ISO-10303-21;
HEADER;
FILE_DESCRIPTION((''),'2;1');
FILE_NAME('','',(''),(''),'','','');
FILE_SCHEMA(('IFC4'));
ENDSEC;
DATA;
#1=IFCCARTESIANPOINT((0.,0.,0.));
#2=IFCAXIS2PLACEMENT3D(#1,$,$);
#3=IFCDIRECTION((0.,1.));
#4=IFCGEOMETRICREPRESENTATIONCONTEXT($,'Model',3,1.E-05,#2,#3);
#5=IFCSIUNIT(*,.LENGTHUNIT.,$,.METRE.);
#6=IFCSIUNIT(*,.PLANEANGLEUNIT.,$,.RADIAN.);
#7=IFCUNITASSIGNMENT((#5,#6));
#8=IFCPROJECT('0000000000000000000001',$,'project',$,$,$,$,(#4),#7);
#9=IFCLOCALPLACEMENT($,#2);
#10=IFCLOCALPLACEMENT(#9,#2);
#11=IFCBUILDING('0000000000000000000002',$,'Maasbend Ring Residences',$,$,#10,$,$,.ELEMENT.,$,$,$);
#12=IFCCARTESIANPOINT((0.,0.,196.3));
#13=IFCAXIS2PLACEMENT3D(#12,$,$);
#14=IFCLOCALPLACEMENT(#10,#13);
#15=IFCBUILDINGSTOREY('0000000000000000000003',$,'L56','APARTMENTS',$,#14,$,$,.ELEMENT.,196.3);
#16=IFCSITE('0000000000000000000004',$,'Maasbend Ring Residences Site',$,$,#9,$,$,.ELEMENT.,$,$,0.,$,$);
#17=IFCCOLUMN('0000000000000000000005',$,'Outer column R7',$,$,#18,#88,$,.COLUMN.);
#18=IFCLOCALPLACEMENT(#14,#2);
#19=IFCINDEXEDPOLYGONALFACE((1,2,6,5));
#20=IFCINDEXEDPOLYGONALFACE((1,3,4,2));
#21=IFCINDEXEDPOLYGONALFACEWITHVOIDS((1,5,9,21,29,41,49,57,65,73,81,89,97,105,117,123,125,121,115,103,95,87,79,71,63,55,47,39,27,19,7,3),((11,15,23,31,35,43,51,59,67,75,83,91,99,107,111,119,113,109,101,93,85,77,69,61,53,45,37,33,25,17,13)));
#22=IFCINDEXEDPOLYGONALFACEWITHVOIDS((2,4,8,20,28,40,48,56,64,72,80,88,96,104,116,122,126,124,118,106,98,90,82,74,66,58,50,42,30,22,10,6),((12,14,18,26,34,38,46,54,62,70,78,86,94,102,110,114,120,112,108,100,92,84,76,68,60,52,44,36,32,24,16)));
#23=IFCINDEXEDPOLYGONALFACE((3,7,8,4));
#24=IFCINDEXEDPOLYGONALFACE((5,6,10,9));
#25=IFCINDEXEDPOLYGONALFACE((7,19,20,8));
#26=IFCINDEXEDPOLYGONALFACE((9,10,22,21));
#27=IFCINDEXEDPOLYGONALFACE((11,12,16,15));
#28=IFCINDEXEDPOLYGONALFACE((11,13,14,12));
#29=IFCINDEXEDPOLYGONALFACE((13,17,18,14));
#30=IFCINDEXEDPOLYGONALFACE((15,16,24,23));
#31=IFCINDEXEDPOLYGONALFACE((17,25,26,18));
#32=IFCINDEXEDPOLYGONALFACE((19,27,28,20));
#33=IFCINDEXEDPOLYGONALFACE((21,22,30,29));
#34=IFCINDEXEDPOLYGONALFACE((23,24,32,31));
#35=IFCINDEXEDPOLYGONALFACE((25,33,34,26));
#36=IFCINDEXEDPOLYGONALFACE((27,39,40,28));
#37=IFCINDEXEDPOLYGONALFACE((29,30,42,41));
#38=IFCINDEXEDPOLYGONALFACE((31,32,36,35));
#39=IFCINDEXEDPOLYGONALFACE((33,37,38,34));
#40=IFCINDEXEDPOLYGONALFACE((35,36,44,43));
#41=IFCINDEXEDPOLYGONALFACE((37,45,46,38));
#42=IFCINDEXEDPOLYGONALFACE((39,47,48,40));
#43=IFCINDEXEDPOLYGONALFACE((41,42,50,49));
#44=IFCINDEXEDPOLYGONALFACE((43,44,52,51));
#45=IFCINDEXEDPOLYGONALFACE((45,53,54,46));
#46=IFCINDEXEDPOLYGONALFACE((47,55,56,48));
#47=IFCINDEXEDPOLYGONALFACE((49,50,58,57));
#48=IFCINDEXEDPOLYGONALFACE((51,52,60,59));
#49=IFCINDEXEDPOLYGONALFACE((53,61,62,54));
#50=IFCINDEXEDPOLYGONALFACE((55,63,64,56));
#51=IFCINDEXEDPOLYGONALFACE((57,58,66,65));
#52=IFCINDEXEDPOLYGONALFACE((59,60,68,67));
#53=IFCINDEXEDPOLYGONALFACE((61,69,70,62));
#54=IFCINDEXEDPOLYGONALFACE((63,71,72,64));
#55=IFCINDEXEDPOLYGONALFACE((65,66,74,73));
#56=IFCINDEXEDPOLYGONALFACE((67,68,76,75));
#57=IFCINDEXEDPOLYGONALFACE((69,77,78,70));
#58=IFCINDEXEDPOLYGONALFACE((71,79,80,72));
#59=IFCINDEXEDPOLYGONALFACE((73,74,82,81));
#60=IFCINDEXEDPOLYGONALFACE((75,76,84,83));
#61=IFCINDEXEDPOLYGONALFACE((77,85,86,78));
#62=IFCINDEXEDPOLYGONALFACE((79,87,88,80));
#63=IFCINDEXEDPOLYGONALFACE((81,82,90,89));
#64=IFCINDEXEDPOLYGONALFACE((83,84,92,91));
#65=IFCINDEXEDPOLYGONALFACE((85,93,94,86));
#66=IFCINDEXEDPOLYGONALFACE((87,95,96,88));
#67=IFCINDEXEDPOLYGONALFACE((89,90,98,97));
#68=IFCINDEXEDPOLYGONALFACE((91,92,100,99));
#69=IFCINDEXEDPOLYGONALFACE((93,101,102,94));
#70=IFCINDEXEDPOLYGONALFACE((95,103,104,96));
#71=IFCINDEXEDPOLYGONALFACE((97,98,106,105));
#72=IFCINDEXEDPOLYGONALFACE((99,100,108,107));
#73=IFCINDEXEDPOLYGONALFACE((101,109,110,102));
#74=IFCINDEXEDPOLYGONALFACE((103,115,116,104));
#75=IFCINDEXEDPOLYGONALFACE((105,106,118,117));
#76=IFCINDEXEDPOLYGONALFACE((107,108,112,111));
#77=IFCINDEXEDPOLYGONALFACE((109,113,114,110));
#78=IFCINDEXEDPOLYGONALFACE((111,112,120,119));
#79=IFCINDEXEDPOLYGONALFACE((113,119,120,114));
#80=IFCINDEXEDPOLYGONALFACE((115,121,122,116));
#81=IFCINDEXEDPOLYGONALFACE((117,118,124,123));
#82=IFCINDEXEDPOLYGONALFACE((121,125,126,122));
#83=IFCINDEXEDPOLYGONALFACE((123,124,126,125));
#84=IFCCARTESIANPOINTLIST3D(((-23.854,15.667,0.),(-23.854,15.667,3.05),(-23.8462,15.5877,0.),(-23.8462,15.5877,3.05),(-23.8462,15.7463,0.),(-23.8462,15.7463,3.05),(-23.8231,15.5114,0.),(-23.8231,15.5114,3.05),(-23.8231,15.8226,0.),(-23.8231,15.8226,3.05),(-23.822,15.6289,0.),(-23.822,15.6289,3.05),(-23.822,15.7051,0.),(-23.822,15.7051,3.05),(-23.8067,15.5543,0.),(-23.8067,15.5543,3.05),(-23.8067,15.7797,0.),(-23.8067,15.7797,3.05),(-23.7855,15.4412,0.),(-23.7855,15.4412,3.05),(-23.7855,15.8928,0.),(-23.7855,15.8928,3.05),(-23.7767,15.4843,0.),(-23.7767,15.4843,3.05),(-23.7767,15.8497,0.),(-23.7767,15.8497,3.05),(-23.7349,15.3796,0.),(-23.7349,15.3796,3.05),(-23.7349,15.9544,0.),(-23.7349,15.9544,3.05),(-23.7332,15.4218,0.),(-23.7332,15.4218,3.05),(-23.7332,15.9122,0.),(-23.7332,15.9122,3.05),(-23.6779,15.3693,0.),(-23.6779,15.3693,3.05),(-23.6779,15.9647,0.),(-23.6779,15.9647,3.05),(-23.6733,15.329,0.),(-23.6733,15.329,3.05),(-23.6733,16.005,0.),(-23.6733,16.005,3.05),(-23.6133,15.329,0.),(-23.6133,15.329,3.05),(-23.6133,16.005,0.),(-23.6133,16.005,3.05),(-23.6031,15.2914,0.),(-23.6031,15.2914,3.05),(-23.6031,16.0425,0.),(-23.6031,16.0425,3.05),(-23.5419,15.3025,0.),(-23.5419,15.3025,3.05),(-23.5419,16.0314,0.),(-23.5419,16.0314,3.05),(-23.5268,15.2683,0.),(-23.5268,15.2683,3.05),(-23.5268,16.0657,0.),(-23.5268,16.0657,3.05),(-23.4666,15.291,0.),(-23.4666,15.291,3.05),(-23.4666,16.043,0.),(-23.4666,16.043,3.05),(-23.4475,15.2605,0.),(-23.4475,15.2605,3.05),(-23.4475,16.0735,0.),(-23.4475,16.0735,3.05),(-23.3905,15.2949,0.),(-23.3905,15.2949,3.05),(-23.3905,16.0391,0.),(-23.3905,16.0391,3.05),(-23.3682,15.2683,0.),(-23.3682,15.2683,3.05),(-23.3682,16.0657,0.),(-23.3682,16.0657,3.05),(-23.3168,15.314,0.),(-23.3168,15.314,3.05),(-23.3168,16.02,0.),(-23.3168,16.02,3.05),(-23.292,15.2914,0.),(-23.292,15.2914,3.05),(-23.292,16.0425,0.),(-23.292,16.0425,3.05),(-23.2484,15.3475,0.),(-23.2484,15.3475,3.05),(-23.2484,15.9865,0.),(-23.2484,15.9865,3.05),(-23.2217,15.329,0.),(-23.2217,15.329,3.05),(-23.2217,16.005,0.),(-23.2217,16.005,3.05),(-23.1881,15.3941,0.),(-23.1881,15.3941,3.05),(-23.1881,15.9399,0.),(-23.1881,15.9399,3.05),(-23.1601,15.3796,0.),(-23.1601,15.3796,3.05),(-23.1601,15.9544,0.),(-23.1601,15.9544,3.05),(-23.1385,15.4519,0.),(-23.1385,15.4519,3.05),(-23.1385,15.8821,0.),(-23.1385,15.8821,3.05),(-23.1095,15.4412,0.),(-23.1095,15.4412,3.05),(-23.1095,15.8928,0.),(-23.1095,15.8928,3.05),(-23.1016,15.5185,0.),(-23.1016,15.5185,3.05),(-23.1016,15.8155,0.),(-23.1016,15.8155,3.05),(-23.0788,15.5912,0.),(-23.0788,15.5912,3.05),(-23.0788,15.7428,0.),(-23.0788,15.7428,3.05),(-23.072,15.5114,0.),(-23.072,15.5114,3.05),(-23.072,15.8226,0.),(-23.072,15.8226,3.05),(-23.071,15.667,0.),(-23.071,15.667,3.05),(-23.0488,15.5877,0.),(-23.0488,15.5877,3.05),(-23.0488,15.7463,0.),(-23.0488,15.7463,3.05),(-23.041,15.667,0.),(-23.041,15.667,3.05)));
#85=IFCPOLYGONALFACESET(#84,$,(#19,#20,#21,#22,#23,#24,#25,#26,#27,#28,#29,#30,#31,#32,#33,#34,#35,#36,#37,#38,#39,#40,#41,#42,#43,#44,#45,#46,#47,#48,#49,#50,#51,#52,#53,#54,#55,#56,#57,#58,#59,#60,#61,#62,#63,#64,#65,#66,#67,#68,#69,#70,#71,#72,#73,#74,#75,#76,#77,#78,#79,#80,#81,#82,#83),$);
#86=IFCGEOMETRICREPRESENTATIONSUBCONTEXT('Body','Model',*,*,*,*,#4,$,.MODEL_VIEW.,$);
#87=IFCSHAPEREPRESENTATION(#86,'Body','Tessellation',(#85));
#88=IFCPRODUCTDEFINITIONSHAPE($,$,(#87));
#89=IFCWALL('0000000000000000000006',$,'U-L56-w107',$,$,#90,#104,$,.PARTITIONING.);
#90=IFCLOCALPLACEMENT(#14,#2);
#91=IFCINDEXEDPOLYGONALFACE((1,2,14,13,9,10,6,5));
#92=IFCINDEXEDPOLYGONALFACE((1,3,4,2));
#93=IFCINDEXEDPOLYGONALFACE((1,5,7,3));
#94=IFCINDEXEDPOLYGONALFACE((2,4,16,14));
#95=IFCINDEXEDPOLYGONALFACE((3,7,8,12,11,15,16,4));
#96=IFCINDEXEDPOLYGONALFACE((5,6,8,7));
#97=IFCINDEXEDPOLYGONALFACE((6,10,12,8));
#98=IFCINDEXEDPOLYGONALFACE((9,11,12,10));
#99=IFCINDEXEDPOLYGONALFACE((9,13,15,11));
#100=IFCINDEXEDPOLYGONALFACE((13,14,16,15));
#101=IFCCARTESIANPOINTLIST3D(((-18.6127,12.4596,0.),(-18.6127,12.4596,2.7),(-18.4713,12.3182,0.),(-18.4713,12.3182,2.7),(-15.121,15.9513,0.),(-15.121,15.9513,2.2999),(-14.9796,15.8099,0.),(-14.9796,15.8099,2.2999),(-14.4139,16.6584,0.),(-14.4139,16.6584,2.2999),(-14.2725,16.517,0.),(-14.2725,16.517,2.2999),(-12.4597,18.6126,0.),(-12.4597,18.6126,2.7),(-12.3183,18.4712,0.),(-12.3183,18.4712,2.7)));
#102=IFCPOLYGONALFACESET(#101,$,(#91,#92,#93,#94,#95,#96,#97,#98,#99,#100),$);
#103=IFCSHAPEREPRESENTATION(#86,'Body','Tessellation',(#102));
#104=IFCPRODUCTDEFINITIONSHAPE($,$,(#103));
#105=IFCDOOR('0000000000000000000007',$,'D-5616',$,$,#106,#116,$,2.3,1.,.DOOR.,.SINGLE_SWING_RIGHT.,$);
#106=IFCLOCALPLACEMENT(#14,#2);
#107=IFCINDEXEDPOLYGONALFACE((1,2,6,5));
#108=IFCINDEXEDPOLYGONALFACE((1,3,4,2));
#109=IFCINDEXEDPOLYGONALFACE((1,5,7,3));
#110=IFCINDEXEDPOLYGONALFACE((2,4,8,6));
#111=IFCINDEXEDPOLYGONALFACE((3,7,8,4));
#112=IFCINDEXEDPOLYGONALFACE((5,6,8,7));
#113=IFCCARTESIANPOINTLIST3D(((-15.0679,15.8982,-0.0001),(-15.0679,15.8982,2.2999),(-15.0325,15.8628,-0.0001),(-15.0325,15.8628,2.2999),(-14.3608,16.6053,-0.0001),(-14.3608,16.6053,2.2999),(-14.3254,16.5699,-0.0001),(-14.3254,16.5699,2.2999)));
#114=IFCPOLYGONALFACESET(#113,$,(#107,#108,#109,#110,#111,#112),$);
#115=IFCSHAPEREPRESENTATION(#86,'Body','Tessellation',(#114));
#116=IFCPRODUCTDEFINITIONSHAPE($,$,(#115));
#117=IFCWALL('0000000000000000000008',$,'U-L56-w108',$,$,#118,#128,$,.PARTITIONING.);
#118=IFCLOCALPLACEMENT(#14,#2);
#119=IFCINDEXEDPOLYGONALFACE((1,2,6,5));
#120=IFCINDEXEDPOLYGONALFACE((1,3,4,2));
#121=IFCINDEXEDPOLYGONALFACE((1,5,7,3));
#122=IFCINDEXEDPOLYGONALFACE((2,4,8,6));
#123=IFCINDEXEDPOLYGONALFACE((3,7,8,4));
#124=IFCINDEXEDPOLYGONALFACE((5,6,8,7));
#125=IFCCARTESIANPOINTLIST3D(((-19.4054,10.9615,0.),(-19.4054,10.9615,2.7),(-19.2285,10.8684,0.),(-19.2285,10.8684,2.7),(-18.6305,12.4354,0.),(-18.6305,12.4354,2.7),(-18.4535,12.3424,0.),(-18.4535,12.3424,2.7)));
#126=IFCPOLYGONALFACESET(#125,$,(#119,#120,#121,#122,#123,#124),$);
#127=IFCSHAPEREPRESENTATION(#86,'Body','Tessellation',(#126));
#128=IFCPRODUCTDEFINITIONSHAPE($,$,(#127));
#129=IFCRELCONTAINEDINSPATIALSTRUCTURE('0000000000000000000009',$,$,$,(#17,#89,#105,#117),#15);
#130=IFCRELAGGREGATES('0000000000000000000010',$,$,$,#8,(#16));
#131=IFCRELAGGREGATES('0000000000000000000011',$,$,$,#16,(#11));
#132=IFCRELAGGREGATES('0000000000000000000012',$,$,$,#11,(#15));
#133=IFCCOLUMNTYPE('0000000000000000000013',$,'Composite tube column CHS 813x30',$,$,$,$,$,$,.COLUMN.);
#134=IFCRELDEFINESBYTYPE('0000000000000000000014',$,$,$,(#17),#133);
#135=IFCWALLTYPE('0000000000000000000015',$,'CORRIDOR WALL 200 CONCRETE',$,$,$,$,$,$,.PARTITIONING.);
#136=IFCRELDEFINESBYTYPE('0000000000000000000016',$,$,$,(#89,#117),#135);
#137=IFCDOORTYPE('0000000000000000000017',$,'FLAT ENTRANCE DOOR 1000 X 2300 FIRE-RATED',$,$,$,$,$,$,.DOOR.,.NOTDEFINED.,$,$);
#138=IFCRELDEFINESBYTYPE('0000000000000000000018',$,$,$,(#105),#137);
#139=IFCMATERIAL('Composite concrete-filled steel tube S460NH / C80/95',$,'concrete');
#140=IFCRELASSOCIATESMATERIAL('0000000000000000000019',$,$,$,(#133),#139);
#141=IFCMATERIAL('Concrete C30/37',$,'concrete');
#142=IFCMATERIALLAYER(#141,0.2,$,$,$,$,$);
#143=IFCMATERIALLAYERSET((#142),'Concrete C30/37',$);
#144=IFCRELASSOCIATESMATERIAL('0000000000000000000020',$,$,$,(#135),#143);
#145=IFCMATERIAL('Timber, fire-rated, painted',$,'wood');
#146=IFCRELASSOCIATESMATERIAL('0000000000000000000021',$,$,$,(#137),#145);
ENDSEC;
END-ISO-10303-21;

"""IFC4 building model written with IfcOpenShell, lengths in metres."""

from ifc_helpers import new_model, si_unit, direction, frame, frame_2d, origin, origin_2d, place, context, subcontext, project, spatial, rectangle, hollow_circle, extrude, material, layer, layer_set, material_profile, profile_set, type_object, element, fill, save


model = new_model("IFC4")

# Units and contexts
model_context = context("Model", 3, precision=1e-05, world=origin(), true_north=direction((0.0, 1.0)))
body_context = subcontext(model_context, "Body", "Model", "MODEL_VIEW")
ifc_project = project(units=[si_unit("LENGTHUNIT", "METRE"), si_unit("PLANEANGLEUNIT", "RADIAN")], contexts=[model_context])

# Site, building, storey
site_placement = place(None, origin())
site = spatial("IfcSite", under=ifc_project, at=site_placement, Name="Maasbend Ring Residences Site", CompositionType="ELEMENT", RefElevation=0.0)
building_placement = place(site_placement, origin())
building = spatial("IfcBuilding", under=site, at=building_placement, Name="Maasbend Ring Residences", CompositionType="ELEMENT")
storey_placement = place(building_placement, frame((0.0, 0.0, 196.3)))
storey = spatial("IfcBuildingStorey", under=building, at=storey_placement, Name="L56", Description="APARTMENTS", CompositionType="ELEMENT", Elevation=196.3)

# Column
ifc_material_1 = material(Name="Composite concrete-filled steel tube S460NH / C80/95", Category="concrete")
ifc_material_profile = material_profile(ifc_material_1, hollow_circle(Radius=0.4065, WallThickness=0.03, at=origin_2d()), Name="Composite tube column CHS 813x30")
ifc_profile_set = profile_set([ifc_material_profile], Name="Composite concrete-filled steel tube S460NH / C80/95")
column_type = type_object("IfcColumnType", Name="Composite tube column CHS 813x30", PredefinedType="COLUMN", material=ifc_profile_set)
column_placement = place(storey_placement, frame((-23.4475, 15.667, 0.0), z_axis=(0.0, 0.0, 1.0), x_axis=(1.0, 0.0, 0.0)))
element("IfcColumn", 1, at=column_placement, inside=storey, type_object=column_type, Name="Outer column R7", PredefinedType="COLUMN", context=body_context, shape_type="SweptSolid", body=[
    extrude(hollow_circle(Radius=0.4065, WallThickness=0.03, at=origin_2d()), origin(), (0.0, 0.0, 1.0), 3.05),
])

# Wall, opening, door
ifc_material_2 = material(Name="Concrete C30/37", Category="concrete")
ifc_layer_1 = layer(ifc_material_2, 0.2)
ifc_layer_set_1 = layer_set([ifc_layer_1], Name="Concrete C30/37")
wall_type_1 = type_object("IfcWallType", Name="CORRIDOR WALL 200 CONCRETE", PredefinedType="PARTITIONING", material=ifc_layer_set_1)
wall_1_placement = place(storey_placement, frame((-18.542, 12.3889, 0.0), z_axis=(0.0, 0.0, 1.0), x_axis=(0.707107, 0.707107, 0.0)))
wall_1 = element("IfcWall", 2, at=wall_1_placement, inside=storey, type_object=wall_type_1, Name="U-L56-w107", PredefinedType="PARTITIONING", context=body_context, shape_type="SweptSolid", body=[
    extrude(rectangle(XDim=8.7017, YDim=0.2, at=frame_2d((4.3508, 0.0))), origin(), (0.0, 0.0, 1.0), 2.7),
])
opening_1_placement = place(wall_1_placement, frame((4.938, 0.0, 0.0)))
opening_1 = element("IfcOpeningElement", 3, at=opening_1_placement, cuts=wall_1, PredefinedType="OPENING", context=body_context, shape_type="SweptSolid", body=[
    extrude(rectangle(XDim=1.0, YDim=2.3, at=frame_2d((0.5, 1.1499))), frame((0.0, 0.1099, 0.0), z_axis=(0.0, -1.0, 0.0), x_axis=(1.0, 0.0, 0.0)), (0.0, 0.0, 1.0), 0.22),
])
ifc_material_3 = material(Name="Timber, fire-rated, painted", Category="wood")
door_type_1 = type_object("IfcDoorType", Name="FLAT ENTRANCE DOOR 1000 X 2300 FIRE-RATED", OperationType="NOTDEFINED", PredefinedType="DOOR", material=ifc_material_3)
door_1_placement = place(opening_1_placement, origin())
door_1 = element("IfcDoor", 4, at=door_1_placement, inside=storey, type_object=door_type_1, Name="D-5616", OperationType="SINGLE_SWING_RIGHT", OverallHeight=2.3, OverallWidth=1.0, PredefinedType="DOOR", context=body_context, shape_type="SweptSolid", body=[
    extrude(rectangle(XDim=1.0, YDim=2.3, at=frame_2d((0.5, 1.1499))), frame((0.0, 0.0249, 0.0), z_axis=(0.0, -1.0, 0.0), x_axis=(1.0, 0.0, 0.0)), (0.0, 0.0, 1.0), 0.05),
])
fill(opening_1, door_1)

# Wall
wall_2_placement = place(storey_placement, frame((-19.3169, 10.915, 0.0), z_axis=(0.0, 0.0, 1.0), x_axis=(0.46536, 0.885122, 0.0)))
element("IfcWall", 5, at=wall_2_placement, inside=storey, type_object=wall_type_1, Name="U-L56-w108", PredefinedType="PARTITIONING", context=body_context, shape_type="SweptSolid", body=[
    extrude(rectangle(XDim=1.6653, YDim=0.2, at=frame_2d((0.8325, 0.0))), origin(), (0.0, 0.0, 1.0), 2.7),
])

save(model, "model.ifc")
